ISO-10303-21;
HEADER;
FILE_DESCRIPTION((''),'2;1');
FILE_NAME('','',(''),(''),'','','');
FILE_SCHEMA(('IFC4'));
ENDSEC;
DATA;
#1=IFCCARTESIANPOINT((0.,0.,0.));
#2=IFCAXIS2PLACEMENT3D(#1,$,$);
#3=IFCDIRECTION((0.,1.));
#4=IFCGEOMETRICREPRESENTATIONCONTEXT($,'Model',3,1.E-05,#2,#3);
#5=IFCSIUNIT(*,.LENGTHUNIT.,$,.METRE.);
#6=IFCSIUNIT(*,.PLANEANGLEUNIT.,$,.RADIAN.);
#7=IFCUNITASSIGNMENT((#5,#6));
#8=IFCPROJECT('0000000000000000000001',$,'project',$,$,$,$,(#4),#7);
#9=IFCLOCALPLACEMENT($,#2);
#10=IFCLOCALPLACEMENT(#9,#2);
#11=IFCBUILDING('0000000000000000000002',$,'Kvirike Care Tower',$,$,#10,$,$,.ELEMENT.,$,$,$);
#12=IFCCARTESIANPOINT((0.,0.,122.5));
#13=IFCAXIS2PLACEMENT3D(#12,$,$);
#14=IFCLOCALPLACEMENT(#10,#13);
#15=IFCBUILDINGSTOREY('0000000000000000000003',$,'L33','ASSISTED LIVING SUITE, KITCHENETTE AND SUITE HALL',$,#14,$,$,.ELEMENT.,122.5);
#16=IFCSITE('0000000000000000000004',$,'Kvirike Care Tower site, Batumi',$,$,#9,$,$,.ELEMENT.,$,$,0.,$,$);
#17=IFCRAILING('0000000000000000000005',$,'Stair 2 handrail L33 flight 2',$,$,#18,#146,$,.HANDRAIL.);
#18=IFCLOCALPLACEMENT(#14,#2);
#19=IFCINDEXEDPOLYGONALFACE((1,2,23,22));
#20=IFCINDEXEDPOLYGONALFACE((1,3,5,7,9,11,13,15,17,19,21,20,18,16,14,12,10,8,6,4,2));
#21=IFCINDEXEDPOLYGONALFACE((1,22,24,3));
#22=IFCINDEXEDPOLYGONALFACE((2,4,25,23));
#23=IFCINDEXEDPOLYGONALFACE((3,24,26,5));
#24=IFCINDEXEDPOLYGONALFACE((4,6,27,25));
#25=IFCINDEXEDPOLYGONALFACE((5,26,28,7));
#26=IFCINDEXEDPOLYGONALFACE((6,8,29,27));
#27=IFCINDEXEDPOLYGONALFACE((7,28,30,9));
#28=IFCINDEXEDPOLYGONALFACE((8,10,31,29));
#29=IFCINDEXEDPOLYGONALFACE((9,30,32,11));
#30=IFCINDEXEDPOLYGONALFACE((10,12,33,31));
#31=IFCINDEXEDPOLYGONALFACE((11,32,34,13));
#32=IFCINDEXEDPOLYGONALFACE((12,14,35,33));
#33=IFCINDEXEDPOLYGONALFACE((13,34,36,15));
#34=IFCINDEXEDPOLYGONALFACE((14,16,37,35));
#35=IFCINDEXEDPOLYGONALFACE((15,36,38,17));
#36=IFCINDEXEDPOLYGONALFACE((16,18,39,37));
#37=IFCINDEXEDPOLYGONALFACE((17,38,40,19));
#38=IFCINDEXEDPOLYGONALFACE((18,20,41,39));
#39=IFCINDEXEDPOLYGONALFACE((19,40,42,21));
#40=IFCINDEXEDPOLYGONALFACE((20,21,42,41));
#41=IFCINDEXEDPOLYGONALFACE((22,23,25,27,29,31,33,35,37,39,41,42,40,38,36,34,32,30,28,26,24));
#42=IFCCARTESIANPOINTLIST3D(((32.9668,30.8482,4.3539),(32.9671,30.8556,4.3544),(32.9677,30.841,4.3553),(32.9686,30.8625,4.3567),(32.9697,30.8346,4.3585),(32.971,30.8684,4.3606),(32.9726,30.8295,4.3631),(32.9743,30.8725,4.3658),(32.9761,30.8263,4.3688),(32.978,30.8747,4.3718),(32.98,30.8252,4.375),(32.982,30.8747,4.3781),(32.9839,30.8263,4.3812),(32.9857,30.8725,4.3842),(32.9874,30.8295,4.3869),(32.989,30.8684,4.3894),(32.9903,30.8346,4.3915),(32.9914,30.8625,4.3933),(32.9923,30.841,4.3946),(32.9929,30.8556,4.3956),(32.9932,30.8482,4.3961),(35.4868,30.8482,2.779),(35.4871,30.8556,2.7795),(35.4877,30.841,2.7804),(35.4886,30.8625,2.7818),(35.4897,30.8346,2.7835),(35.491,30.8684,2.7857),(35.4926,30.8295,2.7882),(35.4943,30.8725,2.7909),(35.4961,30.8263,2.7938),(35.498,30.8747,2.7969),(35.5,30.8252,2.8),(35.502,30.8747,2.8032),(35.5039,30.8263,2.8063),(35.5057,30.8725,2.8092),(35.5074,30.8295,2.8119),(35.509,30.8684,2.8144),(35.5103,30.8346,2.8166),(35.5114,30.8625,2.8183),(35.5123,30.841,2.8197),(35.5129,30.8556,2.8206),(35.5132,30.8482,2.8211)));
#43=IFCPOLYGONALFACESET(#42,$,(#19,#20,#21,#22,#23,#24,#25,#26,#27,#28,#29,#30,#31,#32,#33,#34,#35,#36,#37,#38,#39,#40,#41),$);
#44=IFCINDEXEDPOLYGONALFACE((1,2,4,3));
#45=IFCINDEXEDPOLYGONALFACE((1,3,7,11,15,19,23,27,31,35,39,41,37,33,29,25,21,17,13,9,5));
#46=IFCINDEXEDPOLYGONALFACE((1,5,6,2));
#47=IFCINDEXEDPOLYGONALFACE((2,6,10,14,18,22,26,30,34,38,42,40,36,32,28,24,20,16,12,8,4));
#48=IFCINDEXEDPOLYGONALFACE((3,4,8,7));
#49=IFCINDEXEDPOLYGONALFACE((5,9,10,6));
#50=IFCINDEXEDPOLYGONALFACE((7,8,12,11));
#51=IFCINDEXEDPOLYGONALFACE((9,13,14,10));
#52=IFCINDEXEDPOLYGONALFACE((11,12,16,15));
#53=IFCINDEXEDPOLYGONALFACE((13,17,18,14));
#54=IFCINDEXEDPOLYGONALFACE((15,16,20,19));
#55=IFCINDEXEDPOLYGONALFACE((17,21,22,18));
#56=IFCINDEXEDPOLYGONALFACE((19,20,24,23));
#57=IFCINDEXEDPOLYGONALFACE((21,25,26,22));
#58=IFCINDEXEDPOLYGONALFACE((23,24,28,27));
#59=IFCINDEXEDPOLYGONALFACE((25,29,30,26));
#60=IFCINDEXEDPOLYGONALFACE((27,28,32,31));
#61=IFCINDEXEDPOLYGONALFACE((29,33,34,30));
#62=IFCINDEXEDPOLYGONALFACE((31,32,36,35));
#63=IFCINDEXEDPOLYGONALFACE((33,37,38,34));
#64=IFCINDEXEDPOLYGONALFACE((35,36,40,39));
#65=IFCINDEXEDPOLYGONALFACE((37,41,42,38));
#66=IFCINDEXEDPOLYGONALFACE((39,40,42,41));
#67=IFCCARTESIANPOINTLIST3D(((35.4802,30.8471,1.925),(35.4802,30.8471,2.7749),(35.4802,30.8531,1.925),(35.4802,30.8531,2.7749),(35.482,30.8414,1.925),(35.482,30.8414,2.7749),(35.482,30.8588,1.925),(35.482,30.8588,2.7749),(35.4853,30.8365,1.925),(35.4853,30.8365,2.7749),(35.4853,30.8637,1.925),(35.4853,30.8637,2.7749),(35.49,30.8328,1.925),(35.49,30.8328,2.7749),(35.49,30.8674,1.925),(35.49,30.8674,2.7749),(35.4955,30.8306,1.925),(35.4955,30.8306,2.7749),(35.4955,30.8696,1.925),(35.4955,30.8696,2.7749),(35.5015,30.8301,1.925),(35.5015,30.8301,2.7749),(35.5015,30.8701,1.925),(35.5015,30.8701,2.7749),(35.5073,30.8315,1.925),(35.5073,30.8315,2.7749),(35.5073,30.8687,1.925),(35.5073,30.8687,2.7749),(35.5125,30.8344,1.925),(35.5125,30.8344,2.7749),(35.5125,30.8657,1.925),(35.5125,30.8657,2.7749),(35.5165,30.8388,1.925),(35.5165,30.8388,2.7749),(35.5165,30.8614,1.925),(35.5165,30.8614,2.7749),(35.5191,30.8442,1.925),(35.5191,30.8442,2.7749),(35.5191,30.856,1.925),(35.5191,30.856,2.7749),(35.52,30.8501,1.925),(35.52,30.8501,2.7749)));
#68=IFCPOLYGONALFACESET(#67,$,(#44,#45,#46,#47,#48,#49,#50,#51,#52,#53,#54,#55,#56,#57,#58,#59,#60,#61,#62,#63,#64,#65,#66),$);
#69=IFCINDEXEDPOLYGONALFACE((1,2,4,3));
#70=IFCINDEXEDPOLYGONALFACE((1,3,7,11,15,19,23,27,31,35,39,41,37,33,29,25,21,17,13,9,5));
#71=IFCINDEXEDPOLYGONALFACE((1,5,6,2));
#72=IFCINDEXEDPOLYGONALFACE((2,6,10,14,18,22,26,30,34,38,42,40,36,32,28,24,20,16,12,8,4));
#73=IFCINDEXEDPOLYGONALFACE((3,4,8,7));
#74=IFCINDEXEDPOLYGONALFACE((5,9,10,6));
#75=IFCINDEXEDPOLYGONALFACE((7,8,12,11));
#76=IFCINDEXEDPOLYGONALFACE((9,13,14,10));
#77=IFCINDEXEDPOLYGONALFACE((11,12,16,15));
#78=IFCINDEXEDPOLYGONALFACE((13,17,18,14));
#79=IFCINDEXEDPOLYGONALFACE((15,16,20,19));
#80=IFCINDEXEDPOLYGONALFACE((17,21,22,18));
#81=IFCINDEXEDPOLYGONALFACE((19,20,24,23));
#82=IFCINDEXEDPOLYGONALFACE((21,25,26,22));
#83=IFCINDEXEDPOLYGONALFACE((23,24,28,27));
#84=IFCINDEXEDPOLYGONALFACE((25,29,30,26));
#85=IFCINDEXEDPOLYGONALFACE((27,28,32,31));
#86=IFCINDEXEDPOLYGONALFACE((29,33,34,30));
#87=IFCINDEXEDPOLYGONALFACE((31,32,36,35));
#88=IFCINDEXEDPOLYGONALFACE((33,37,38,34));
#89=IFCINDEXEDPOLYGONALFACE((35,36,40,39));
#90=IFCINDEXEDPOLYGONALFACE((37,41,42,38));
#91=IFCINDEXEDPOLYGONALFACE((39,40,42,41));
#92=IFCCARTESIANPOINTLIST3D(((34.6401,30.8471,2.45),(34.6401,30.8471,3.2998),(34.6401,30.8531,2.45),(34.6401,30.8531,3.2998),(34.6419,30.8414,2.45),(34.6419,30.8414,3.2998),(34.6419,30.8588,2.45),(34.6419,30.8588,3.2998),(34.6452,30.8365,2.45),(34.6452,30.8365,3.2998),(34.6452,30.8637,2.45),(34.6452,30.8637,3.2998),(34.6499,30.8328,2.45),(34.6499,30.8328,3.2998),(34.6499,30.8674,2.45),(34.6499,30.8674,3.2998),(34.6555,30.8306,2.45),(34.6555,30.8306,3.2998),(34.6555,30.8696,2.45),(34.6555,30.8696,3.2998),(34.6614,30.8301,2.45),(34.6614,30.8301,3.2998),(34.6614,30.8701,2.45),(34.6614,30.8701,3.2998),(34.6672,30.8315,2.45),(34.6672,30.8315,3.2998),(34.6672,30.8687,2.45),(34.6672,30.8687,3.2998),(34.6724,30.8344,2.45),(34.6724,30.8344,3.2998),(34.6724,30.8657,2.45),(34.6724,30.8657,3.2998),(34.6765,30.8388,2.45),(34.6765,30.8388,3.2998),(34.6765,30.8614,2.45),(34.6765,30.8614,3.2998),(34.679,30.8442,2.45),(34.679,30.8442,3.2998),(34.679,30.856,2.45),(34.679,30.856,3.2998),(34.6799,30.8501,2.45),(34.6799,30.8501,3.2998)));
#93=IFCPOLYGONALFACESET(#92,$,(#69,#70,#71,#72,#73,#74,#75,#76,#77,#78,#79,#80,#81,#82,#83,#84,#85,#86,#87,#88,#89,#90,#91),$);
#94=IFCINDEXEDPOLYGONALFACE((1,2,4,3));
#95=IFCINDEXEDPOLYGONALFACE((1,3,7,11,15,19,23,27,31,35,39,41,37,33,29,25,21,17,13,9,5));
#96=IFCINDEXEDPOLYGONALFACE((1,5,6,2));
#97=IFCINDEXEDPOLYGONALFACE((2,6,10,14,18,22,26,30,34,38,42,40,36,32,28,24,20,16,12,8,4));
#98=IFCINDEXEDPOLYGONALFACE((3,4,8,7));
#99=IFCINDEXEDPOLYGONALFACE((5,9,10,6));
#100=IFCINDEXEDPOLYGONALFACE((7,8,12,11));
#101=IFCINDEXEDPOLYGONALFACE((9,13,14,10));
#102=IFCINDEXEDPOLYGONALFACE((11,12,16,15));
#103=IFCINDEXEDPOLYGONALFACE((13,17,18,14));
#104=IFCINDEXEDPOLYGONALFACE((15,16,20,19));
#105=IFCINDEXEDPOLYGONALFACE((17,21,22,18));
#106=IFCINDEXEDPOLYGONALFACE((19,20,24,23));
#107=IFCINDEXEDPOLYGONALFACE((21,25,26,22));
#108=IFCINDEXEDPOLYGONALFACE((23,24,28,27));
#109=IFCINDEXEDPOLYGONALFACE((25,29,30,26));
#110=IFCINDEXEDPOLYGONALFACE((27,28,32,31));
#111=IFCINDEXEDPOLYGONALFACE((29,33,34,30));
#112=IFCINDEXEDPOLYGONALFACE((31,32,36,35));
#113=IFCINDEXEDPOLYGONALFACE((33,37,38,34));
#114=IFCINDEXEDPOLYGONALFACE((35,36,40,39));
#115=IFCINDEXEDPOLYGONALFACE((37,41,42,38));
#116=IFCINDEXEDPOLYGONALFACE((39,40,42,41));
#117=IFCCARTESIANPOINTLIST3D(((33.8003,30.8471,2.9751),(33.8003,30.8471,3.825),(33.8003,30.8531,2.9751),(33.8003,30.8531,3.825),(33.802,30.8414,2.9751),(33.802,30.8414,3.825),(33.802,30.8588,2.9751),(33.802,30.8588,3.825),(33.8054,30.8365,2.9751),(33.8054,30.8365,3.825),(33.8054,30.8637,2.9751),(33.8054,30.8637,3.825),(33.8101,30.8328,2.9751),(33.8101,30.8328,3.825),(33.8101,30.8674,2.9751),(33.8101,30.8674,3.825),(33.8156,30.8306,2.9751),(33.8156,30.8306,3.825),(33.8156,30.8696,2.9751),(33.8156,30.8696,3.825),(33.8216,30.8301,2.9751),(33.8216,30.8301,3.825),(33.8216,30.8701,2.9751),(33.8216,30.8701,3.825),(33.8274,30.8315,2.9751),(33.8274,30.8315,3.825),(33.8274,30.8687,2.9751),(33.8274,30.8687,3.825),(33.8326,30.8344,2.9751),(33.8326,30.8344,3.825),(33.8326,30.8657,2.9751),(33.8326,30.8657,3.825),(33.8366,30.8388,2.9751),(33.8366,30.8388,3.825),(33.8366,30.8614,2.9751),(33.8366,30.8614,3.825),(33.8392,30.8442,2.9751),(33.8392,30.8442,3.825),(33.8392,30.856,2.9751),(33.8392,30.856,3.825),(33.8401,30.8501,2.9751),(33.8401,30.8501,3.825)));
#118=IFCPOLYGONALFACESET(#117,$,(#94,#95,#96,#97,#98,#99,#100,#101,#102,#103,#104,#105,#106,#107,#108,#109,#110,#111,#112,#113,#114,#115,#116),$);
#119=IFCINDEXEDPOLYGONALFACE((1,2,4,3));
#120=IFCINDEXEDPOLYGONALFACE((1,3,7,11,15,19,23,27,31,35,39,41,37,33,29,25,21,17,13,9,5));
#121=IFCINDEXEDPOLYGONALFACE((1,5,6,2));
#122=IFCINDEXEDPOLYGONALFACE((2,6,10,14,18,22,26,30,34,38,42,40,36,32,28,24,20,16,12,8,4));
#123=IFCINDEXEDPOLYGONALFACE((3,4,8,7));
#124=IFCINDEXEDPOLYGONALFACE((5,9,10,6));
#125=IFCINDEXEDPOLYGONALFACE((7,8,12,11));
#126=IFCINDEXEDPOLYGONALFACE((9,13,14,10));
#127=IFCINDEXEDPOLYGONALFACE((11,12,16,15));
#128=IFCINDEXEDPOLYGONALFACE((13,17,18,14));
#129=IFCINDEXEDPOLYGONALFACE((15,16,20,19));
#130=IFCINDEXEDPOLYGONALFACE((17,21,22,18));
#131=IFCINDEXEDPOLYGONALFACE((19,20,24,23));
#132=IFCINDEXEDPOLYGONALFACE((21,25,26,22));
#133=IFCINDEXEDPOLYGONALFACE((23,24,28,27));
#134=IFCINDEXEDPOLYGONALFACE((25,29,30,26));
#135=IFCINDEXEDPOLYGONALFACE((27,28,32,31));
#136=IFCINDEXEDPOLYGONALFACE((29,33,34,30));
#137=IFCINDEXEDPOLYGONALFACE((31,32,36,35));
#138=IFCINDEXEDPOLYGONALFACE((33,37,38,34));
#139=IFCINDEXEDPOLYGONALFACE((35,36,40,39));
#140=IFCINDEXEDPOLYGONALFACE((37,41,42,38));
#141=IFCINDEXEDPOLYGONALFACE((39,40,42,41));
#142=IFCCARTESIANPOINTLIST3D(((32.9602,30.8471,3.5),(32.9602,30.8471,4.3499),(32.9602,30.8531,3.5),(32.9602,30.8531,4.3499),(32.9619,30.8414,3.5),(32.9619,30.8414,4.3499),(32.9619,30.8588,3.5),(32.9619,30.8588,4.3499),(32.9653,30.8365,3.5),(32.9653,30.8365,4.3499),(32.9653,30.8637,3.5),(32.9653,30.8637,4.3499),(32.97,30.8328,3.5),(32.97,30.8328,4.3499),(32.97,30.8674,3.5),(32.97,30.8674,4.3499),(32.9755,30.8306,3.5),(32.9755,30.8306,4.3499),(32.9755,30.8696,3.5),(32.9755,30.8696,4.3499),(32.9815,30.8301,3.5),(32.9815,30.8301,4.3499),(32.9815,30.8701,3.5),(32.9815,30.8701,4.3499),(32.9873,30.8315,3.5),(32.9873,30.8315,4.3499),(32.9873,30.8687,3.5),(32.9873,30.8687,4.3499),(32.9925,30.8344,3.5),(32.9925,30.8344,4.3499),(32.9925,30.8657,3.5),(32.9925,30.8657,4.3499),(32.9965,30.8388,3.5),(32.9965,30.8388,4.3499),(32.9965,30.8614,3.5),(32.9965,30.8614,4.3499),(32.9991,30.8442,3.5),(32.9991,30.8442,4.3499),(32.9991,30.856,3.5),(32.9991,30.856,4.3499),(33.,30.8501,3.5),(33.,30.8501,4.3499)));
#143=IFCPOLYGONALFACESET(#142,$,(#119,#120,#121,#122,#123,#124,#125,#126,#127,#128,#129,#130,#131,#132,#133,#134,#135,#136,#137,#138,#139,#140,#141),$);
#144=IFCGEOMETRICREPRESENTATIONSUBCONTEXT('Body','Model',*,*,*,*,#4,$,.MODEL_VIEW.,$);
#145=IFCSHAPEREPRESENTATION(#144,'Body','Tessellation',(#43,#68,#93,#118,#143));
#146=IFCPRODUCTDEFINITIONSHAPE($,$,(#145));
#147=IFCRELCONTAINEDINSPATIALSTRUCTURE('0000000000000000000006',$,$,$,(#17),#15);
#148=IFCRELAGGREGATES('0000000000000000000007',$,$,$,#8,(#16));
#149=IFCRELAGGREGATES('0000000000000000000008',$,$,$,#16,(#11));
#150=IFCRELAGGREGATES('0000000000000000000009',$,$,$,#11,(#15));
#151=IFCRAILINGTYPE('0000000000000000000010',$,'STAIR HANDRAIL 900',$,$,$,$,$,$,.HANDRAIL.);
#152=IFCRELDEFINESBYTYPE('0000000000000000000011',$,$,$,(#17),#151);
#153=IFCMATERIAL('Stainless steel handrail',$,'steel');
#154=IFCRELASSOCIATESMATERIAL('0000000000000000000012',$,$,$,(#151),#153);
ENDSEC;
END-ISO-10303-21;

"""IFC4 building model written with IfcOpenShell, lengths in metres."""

from ifc_helpers import new_model, si_unit, direction, frame, origin, origin_2d, place, context, subcontext, project, spatial, circle, extrude, material, type_object, element, save


model = new_model("IFC4")

# Units and contexts
model_context = context("Model", 3, precision=1e-05, world=origin(), true_north=direction((0.0, 1.0)))
body_context = subcontext(model_context, "Body", "Model", "MODEL_VIEW")
ifc_project = project(units=[si_unit("LENGTHUNIT", "METRE"), si_unit("PLANEANGLEUNIT", "RADIAN")], contexts=[model_context])

# Site, building, storey
site_placement = place(None, origin())
site = spatial("IfcSite", under=ifc_project, at=site_placement, Name="Kvirike Care Tower site, Batumi", CompositionType="ELEMENT", RefElevation=0.0)
building_placement = place(site_placement, origin())
building = spatial("IfcBuilding", under=site, at=building_placement, Name="Kvirike Care Tower", CompositionType="ELEMENT")
storey_placement = place(building_placement, frame((0.0, 0.0, 122.5)))
storey = spatial("IfcBuildingStorey", under=building, at=storey_placement, Name="L33", Description="ASSISTED LIVING SUITE, KITCHENETTE AND SUITE HALL", CompositionType="ELEMENT", Elevation=122.5)

# Railing
ifc_material_1 = material(Name="Stainless steel handrail", Category="steel")
railing_type = type_object("IfcRailingType", Name="STAIR HANDRAIL 900", PredefinedType="HANDRAIL", material=ifc_material_1)
railing_1_placement = place(storey_placement, frame((35.5, 30.8501, 1.925)))
element("IfcRailing", 1, at=railing_1_placement, inside=storey, type_object=railing_type, Name="Stair 2 handrail L33 flight 2", PredefinedType="HANDRAIL", context=body_context, shape_type="SweptSolid", body=[
    extrude(circle(Radius=0.0249, at=origin_2d()), frame((0.0, 0.0, 0.875), z_axis=(-0.848008, 0.0, 0.529984), x_axis=(0.0, -1.0, 0.0)), (0.0, 0.0, 1.0), 2.9717),
    extrude(circle(Radius=0.02, at=origin_2d()), origin(), (0.0, 0.0, 1.0), 0.8499),
    extrude(circle(Radius=0.02, at=origin_2d()), frame((-0.8401, 0.0, 0.5249)), (0.0, 0.0, 1.0), 0.8499),
    extrude(circle(Radius=0.02, at=origin_2d()), frame((-1.6799, 0.0, 1.05)), (0.0, 0.0, 1.0), 0.8499),
    extrude(circle(Radius=0.02, at=origin_2d()), frame((-2.52, 0.0, 1.575)), (0.0, 0.0, 1.0), 0.8499),
])

save(model, "model.ifc")
